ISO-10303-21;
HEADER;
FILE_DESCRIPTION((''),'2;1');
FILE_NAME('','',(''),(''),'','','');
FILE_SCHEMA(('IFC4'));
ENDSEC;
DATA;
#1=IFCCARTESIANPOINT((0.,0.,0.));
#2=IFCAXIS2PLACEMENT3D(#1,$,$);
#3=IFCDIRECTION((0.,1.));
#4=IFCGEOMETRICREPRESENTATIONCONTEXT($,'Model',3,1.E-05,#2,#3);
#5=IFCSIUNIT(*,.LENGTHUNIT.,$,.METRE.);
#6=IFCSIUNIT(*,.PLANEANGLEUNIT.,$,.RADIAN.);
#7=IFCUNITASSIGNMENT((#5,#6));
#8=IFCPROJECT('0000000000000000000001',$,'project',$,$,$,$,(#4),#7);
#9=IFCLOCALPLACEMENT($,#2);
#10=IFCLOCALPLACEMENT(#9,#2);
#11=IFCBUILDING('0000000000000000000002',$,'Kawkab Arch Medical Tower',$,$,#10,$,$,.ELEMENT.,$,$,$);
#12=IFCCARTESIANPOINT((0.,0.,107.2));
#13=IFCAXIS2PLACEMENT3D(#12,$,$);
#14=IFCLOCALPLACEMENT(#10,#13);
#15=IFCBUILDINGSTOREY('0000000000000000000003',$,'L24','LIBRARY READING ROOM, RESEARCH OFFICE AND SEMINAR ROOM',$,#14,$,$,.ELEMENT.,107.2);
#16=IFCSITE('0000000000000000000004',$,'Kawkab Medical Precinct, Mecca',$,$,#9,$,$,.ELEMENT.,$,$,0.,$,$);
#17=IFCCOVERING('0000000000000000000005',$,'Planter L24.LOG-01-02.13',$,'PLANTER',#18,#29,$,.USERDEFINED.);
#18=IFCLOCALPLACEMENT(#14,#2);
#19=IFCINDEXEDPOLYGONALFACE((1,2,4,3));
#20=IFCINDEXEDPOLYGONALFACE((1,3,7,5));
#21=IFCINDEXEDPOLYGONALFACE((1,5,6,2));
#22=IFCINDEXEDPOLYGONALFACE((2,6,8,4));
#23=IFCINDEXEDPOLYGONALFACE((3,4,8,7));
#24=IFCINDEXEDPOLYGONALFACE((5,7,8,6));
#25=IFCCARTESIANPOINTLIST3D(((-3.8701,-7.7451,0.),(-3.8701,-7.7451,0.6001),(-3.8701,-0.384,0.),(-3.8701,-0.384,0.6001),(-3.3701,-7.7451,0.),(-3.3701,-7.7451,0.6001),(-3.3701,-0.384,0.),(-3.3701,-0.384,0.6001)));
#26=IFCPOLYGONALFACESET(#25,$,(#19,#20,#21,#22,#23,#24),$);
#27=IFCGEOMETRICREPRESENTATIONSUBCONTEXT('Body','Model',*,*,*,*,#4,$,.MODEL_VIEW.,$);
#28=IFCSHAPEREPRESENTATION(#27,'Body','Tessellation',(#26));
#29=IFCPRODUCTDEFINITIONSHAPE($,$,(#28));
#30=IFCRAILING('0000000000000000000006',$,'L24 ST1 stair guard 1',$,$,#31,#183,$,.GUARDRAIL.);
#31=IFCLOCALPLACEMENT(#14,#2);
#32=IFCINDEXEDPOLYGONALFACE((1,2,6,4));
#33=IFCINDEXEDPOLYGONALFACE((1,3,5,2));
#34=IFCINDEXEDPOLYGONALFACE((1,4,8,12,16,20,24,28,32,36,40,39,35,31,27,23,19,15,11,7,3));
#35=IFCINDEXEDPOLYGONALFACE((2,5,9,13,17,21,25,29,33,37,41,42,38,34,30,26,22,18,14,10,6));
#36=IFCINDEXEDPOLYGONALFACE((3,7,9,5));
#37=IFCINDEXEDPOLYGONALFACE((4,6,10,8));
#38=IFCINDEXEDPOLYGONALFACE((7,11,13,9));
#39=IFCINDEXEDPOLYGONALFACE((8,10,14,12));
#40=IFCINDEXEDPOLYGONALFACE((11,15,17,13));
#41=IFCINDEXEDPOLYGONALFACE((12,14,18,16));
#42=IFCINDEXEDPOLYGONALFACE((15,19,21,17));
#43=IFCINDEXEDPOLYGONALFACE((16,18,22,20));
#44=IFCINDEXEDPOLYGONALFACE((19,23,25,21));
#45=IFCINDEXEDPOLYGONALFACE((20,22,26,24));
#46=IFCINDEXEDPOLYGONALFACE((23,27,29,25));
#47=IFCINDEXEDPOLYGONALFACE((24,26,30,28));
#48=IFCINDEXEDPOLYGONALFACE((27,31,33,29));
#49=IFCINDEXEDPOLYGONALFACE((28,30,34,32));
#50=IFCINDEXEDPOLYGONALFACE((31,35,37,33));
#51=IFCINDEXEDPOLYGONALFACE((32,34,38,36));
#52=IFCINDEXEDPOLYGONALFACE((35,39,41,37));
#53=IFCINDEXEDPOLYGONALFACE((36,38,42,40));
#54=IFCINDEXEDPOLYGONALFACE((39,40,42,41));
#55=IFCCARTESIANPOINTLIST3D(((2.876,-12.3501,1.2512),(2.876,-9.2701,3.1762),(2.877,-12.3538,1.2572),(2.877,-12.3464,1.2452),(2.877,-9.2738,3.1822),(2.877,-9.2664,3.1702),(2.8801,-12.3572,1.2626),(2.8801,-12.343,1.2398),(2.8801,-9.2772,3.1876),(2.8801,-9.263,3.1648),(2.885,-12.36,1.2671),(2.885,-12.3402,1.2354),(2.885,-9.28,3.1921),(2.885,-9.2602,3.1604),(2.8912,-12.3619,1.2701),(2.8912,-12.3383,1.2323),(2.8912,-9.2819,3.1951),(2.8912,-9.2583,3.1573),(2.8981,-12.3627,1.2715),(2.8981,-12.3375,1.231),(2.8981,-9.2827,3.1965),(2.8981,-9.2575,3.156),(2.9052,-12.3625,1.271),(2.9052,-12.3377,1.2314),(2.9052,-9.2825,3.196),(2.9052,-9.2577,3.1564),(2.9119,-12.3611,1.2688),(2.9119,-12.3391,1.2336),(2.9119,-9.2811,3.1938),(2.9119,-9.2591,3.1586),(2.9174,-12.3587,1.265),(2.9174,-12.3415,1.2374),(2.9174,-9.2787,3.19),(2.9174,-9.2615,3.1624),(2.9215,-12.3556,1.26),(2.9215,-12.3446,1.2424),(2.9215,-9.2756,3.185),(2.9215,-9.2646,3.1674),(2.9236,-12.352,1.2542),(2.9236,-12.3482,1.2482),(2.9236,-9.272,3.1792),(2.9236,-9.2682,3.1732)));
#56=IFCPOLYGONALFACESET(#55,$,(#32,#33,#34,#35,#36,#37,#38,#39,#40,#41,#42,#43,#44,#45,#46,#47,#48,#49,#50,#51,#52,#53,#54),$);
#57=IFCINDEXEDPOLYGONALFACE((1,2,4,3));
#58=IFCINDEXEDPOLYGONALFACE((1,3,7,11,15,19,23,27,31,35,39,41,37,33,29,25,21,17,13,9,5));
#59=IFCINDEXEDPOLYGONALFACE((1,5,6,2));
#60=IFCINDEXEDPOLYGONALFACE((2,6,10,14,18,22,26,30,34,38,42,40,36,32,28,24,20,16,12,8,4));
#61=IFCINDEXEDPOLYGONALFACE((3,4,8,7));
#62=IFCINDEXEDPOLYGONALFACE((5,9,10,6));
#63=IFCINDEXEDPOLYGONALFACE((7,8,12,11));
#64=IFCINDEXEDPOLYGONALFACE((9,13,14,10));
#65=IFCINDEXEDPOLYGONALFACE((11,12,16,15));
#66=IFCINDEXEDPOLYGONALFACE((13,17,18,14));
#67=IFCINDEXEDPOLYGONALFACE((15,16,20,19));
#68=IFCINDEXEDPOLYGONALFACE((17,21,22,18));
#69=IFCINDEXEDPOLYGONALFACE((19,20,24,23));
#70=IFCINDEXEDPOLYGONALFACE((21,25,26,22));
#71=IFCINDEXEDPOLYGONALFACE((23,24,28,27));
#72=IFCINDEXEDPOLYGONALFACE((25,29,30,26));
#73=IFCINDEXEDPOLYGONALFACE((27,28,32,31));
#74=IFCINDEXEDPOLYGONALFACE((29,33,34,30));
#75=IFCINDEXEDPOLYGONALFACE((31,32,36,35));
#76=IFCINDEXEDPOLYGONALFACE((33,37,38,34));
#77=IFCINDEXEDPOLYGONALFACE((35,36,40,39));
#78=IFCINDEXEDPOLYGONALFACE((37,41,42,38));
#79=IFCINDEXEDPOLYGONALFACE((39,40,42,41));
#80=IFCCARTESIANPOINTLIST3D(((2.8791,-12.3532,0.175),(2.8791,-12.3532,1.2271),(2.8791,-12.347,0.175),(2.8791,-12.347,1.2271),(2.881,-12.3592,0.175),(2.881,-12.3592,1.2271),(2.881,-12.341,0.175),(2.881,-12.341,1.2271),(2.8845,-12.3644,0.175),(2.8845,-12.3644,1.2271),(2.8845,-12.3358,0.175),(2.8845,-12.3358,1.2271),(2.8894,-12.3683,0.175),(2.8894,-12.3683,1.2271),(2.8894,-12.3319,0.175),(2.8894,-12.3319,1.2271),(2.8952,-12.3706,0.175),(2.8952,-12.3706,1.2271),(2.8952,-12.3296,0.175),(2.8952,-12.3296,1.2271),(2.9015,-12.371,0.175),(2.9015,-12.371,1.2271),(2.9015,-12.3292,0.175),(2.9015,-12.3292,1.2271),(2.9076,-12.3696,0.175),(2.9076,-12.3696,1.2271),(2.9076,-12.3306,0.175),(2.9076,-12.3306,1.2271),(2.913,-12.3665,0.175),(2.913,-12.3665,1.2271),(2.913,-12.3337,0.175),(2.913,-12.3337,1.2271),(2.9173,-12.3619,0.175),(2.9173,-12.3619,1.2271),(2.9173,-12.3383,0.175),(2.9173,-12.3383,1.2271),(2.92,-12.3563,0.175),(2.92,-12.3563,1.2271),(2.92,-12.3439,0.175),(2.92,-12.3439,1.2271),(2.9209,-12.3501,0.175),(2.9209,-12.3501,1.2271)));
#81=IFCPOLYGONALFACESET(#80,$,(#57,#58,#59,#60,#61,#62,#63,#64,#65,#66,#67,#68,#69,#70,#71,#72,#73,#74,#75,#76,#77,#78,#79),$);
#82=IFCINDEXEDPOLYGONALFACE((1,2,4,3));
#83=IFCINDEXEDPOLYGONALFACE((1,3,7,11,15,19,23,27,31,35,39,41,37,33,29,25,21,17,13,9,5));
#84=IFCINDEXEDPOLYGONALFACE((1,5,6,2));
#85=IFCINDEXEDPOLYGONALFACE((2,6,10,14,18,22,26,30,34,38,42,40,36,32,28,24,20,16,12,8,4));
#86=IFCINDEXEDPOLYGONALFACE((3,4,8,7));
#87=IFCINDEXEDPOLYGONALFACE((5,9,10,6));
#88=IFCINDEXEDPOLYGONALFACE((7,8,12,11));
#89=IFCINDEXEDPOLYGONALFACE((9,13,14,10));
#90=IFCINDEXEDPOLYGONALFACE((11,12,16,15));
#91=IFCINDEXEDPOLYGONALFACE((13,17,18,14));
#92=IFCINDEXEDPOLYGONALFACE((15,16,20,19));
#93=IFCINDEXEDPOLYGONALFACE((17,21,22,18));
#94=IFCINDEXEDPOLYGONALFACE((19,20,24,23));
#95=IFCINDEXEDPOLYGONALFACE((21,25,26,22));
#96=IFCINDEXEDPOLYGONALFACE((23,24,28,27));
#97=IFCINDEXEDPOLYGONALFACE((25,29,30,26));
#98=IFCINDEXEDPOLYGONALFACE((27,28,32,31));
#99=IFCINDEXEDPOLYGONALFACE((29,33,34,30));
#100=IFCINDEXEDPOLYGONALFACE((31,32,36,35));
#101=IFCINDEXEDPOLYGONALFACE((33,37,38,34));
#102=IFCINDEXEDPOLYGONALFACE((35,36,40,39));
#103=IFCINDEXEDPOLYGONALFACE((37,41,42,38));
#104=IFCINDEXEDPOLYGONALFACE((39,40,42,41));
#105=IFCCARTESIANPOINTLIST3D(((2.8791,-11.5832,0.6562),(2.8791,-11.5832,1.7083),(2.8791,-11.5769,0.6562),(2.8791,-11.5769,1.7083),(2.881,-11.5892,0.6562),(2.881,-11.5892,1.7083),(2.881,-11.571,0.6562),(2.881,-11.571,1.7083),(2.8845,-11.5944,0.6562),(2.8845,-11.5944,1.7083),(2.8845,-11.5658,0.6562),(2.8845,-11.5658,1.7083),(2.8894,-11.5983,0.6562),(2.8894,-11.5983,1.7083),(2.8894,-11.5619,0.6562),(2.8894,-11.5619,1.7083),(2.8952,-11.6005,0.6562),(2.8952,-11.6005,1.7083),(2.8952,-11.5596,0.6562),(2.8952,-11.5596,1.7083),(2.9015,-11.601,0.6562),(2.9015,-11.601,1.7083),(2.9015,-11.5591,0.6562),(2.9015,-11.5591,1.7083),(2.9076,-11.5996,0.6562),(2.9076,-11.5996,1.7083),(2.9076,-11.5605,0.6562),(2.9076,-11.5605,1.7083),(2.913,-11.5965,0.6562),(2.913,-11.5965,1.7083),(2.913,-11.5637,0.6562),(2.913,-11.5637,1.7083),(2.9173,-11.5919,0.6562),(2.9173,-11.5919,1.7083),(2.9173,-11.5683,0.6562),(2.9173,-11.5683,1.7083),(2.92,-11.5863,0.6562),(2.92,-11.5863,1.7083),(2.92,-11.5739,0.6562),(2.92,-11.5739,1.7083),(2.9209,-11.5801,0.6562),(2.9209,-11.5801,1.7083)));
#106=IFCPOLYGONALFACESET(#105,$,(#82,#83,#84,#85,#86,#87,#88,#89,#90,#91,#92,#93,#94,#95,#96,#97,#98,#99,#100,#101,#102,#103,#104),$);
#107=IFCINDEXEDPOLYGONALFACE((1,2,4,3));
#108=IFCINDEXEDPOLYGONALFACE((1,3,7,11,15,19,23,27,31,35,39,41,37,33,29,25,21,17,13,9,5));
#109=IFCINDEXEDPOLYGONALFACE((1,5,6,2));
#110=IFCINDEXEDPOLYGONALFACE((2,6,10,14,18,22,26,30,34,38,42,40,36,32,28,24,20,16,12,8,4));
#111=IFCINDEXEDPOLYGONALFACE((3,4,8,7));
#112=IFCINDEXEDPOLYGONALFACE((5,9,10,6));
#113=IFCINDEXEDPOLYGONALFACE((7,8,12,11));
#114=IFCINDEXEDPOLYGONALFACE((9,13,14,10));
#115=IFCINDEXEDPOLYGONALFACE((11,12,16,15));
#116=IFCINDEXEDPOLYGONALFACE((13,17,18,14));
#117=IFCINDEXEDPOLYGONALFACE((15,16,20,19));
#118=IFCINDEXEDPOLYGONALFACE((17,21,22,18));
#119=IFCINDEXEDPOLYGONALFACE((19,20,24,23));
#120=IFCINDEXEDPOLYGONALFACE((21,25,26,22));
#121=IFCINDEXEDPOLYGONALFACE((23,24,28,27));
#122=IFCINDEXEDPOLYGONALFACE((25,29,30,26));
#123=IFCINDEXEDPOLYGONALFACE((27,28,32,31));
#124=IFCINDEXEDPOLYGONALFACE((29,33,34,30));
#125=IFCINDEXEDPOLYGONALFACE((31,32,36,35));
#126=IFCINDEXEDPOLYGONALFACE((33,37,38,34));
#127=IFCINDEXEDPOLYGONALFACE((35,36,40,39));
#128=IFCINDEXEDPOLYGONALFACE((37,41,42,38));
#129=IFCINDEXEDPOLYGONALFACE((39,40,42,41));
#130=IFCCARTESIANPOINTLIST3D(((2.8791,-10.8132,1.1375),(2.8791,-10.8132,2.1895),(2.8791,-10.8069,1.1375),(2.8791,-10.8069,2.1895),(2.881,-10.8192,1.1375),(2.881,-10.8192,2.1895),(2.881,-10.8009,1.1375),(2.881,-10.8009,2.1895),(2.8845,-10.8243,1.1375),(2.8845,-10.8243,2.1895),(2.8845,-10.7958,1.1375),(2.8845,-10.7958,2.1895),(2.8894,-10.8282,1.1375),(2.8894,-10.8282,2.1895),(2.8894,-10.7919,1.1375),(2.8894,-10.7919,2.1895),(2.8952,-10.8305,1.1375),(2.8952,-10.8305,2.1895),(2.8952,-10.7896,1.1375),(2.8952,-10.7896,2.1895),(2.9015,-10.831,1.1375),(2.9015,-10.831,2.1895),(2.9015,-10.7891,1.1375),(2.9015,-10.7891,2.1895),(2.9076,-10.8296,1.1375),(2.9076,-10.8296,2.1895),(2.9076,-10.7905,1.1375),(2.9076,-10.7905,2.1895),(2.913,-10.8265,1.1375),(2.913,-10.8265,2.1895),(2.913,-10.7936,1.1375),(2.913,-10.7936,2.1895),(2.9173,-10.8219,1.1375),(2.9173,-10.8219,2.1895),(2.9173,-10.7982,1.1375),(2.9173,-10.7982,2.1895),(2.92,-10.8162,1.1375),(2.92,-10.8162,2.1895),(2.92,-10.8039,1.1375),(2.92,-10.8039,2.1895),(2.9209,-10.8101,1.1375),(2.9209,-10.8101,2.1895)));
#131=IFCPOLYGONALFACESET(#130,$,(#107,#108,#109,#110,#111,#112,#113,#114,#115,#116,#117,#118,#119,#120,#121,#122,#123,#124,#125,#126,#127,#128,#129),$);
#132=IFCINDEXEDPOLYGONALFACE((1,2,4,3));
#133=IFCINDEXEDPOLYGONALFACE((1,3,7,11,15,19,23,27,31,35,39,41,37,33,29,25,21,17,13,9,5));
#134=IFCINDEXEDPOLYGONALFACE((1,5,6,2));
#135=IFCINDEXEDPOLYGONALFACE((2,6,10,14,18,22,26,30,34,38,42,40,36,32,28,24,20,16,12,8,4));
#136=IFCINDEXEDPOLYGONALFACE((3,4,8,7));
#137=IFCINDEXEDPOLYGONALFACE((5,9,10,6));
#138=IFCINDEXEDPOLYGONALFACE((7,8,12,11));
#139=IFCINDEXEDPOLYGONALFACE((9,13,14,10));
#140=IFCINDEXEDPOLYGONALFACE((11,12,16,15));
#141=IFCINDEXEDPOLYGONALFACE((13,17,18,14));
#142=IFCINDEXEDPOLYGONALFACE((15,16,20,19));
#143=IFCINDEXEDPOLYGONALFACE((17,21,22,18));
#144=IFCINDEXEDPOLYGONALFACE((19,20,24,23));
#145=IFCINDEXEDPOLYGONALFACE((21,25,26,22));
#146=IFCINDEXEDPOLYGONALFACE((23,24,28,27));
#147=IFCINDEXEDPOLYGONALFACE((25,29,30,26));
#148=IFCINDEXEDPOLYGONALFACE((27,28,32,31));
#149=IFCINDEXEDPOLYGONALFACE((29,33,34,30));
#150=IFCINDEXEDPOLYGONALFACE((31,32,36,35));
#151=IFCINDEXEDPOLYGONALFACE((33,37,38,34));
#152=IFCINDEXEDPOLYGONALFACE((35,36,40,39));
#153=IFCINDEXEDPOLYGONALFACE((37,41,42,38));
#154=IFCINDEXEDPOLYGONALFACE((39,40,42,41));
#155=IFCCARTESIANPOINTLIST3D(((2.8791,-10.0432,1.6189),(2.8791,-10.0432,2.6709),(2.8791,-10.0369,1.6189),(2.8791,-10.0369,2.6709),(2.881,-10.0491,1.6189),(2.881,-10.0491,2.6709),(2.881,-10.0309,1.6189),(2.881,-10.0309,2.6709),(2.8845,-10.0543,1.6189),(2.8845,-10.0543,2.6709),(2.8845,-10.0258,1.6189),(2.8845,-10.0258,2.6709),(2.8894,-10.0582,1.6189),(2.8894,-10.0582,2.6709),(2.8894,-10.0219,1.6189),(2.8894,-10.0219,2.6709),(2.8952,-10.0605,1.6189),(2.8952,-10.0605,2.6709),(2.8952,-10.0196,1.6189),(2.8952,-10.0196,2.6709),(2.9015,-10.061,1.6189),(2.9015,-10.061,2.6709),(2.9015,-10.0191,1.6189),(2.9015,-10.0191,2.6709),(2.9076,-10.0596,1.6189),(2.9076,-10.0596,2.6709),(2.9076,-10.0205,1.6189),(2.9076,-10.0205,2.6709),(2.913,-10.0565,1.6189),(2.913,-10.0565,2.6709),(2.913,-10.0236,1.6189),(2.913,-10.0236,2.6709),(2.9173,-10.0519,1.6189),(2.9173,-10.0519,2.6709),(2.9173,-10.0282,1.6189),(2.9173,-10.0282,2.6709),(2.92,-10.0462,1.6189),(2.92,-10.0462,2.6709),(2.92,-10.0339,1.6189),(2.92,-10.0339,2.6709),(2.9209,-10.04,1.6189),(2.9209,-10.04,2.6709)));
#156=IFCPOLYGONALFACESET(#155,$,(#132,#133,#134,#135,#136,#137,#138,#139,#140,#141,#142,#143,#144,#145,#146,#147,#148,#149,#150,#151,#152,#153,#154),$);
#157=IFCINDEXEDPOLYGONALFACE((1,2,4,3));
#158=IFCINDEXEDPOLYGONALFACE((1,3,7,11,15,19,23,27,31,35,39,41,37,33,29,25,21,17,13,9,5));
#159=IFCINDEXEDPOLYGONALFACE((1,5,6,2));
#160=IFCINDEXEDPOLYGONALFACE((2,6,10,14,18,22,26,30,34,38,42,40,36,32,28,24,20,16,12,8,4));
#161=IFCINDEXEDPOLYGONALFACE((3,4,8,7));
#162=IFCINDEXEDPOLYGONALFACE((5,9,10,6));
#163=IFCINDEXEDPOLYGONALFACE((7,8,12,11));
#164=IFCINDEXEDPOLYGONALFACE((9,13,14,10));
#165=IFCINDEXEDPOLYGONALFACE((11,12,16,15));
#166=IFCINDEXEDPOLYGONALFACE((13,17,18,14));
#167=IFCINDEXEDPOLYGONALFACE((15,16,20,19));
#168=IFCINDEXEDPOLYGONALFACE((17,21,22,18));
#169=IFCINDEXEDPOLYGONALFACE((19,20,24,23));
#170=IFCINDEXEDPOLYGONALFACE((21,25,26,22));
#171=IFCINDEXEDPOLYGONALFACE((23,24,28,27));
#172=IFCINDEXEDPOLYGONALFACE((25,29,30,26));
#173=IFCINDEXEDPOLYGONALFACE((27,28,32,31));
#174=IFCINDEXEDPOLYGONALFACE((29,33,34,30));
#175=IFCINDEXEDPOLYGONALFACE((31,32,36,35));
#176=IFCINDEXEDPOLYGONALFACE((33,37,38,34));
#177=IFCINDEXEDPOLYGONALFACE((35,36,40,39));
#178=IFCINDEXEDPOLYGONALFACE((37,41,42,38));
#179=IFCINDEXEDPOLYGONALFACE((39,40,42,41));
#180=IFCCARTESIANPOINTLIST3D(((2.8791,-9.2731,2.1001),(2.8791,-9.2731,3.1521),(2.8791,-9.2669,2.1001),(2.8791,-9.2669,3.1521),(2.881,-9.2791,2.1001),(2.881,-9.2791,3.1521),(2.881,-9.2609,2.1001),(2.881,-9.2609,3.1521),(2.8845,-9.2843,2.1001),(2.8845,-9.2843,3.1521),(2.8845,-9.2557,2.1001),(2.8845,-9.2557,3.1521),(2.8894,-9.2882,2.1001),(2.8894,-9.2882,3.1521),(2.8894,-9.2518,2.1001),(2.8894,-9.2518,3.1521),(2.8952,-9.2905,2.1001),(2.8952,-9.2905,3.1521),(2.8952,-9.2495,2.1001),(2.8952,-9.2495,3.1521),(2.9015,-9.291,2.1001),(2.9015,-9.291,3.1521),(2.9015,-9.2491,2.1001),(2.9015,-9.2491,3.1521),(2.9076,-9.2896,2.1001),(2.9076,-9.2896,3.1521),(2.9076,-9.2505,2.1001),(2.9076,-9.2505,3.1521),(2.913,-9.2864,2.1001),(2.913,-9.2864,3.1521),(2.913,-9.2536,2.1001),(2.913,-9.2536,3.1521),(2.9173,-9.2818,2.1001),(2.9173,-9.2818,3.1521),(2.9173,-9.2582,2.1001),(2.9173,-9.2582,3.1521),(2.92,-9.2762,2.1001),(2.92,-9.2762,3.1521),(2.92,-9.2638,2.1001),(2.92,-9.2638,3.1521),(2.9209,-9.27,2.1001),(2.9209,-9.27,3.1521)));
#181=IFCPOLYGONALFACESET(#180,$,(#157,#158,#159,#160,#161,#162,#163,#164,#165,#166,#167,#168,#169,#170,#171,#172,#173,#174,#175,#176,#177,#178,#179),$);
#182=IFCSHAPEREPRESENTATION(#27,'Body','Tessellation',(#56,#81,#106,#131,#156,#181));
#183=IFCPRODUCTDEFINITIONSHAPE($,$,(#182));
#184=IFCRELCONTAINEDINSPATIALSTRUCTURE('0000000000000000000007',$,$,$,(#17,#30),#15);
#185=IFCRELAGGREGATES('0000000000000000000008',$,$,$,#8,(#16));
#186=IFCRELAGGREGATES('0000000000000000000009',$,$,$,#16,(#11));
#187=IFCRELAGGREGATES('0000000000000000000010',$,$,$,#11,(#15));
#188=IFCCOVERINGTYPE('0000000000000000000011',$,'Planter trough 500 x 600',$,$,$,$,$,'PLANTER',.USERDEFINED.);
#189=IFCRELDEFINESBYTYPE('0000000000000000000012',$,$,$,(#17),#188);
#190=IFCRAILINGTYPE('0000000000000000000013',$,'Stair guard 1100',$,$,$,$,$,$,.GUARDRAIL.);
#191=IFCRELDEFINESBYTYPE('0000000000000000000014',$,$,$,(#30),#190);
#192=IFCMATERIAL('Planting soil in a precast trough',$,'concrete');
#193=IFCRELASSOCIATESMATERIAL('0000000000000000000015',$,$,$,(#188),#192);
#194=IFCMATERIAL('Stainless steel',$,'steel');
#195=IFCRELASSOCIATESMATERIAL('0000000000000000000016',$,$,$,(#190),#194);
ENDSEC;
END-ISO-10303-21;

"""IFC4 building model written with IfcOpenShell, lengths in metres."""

from ifc_helpers import new_model, si_unit, direction, frame, origin, origin_2d, place, context, subcontext, project, spatial, rectangle, circle, extrude, material, material_profile, profile_set, type_object, element, save


model = new_model("IFC4")

# Units and contexts
model_context = context("Model", 3, precision=1e-05, world=origin(), true_north=direction((0.0, 1.0)))
body_context = subcontext(model_context, "Body", "Model", "MODEL_VIEW")
ifc_project = project(units=[si_unit("LENGTHUNIT", "METRE"), si_unit("PLANEANGLEUNIT", "RADIAN")], contexts=[model_context])

# Site, building, storey
site_placement = place(None, origin())
site = spatial("IfcSite", under=ifc_project, at=site_placement, Name="Kawkab Medical Precinct, Mecca", CompositionType="ELEMENT", RefElevation=0.0)
building_placement = place(site_placement, origin())
building = spatial("IfcBuilding", under=site, at=building_placement, Name="Kawkab Arch Medical Tower", CompositionType="ELEMENT")
storey_placement = place(building_placement, frame((0.0, 0.0, 107.2)))
storey = spatial("IfcBuildingStorey", under=building, at=storey_placement, Name="L24", Description="LIBRARY READING ROOM, RESEARCH OFFICE AND SEMINAR ROOM", CompositionType="ELEMENT", Elevation=107.2)

# Covering
ifc_material_1 = material(Name="Planting soil in a precast trough", Category="concrete")
ifc_material_profile_1 = material_profile(ifc_material_1, rectangle(XDim=0.5, YDim=0.6001, at=origin_2d()), Name="Trough 500x600")
ifc_profile_set_1 = profile_set([ifc_material_profile_1], Name="Planting soil in a precast trough")
covering_type = type_object("IfcCoveringType", Name="Planter trough 500 x 600", ElementType="PLANTER", PredefinedType="USERDEFINED", material=ifc_profile_set_1)
covering_placement = place(storey_placement, frame((-3.6201, -7.7451, 0.3), z_axis=(0.0, 1.0, 0.0), x_axis=(-1.0, 0.0, 0.0)))
element("IfcCovering", 1, at=covering_placement, inside=storey, type_object=covering_type, Name="Planter L24.LOG-01-02.13", ObjectType="PLANTER", PredefinedType="USERDEFINED", context=body_context, shape_type="SweptSolid", body=[
    extrude(rectangle(XDim=0.5, YDim=0.6001, at=origin_2d()), origin(), (0.0, 0.0, 1.0), 7.3611),
])

# Railing
ifc_material_2 = material(Name="Stainless steel", Category="steel")
railing_type_1 = type_object("IfcRailingType", Name="Stair guard 1100", PredefinedType="GUARDRAIL", material=ifc_material_2)
railing_1_placement = place(storey_placement, frame((2.8999, -12.3501, 0.175)))
element("IfcRailing", 2, at=railing_1_placement, inside=storey, type_object=railing_type_1, Name="L24 ST1 stair guard 1", PredefinedType="GUARDRAIL", context=body_context, shape_type="SweptSolid", body=[
    extrude(circle(Radius=0.0239, at=origin_2d()), frame((0.0, 0.0, 1.0762), z_axis=(0.0, 0.847998, 0.529999), x_axis=(-1.0, 0.0, 0.0)), (0.0, 0.0, 1.0), 3.6321),
    extrude(circle(Radius=0.021, at=origin_2d()), origin(), (0.0, 0.0, 1.0), 1.052),
    extrude(circle(Radius=0.021, at=origin_2d()), frame((0.0, 0.77, 0.4812)), (0.0, 0.0, 1.0), 1.052),
    extrude(circle(Radius=0.021, at=origin_2d()), frame((0.0, 1.54, 0.9624)), (0.0, 0.0, 1.0), 1.052),
    extrude(circle(Radius=0.021, at=origin_2d()), frame((0.0, 2.3101, 1.4438)), (0.0, 0.0, 1.0), 1.052),
    extrude(circle(Radius=0.021, at=origin_2d()), frame((0.0, 3.0801, 1.925)), (0.0, 0.0, 1.0), 1.052),
])

save(model, "model.ifc")
